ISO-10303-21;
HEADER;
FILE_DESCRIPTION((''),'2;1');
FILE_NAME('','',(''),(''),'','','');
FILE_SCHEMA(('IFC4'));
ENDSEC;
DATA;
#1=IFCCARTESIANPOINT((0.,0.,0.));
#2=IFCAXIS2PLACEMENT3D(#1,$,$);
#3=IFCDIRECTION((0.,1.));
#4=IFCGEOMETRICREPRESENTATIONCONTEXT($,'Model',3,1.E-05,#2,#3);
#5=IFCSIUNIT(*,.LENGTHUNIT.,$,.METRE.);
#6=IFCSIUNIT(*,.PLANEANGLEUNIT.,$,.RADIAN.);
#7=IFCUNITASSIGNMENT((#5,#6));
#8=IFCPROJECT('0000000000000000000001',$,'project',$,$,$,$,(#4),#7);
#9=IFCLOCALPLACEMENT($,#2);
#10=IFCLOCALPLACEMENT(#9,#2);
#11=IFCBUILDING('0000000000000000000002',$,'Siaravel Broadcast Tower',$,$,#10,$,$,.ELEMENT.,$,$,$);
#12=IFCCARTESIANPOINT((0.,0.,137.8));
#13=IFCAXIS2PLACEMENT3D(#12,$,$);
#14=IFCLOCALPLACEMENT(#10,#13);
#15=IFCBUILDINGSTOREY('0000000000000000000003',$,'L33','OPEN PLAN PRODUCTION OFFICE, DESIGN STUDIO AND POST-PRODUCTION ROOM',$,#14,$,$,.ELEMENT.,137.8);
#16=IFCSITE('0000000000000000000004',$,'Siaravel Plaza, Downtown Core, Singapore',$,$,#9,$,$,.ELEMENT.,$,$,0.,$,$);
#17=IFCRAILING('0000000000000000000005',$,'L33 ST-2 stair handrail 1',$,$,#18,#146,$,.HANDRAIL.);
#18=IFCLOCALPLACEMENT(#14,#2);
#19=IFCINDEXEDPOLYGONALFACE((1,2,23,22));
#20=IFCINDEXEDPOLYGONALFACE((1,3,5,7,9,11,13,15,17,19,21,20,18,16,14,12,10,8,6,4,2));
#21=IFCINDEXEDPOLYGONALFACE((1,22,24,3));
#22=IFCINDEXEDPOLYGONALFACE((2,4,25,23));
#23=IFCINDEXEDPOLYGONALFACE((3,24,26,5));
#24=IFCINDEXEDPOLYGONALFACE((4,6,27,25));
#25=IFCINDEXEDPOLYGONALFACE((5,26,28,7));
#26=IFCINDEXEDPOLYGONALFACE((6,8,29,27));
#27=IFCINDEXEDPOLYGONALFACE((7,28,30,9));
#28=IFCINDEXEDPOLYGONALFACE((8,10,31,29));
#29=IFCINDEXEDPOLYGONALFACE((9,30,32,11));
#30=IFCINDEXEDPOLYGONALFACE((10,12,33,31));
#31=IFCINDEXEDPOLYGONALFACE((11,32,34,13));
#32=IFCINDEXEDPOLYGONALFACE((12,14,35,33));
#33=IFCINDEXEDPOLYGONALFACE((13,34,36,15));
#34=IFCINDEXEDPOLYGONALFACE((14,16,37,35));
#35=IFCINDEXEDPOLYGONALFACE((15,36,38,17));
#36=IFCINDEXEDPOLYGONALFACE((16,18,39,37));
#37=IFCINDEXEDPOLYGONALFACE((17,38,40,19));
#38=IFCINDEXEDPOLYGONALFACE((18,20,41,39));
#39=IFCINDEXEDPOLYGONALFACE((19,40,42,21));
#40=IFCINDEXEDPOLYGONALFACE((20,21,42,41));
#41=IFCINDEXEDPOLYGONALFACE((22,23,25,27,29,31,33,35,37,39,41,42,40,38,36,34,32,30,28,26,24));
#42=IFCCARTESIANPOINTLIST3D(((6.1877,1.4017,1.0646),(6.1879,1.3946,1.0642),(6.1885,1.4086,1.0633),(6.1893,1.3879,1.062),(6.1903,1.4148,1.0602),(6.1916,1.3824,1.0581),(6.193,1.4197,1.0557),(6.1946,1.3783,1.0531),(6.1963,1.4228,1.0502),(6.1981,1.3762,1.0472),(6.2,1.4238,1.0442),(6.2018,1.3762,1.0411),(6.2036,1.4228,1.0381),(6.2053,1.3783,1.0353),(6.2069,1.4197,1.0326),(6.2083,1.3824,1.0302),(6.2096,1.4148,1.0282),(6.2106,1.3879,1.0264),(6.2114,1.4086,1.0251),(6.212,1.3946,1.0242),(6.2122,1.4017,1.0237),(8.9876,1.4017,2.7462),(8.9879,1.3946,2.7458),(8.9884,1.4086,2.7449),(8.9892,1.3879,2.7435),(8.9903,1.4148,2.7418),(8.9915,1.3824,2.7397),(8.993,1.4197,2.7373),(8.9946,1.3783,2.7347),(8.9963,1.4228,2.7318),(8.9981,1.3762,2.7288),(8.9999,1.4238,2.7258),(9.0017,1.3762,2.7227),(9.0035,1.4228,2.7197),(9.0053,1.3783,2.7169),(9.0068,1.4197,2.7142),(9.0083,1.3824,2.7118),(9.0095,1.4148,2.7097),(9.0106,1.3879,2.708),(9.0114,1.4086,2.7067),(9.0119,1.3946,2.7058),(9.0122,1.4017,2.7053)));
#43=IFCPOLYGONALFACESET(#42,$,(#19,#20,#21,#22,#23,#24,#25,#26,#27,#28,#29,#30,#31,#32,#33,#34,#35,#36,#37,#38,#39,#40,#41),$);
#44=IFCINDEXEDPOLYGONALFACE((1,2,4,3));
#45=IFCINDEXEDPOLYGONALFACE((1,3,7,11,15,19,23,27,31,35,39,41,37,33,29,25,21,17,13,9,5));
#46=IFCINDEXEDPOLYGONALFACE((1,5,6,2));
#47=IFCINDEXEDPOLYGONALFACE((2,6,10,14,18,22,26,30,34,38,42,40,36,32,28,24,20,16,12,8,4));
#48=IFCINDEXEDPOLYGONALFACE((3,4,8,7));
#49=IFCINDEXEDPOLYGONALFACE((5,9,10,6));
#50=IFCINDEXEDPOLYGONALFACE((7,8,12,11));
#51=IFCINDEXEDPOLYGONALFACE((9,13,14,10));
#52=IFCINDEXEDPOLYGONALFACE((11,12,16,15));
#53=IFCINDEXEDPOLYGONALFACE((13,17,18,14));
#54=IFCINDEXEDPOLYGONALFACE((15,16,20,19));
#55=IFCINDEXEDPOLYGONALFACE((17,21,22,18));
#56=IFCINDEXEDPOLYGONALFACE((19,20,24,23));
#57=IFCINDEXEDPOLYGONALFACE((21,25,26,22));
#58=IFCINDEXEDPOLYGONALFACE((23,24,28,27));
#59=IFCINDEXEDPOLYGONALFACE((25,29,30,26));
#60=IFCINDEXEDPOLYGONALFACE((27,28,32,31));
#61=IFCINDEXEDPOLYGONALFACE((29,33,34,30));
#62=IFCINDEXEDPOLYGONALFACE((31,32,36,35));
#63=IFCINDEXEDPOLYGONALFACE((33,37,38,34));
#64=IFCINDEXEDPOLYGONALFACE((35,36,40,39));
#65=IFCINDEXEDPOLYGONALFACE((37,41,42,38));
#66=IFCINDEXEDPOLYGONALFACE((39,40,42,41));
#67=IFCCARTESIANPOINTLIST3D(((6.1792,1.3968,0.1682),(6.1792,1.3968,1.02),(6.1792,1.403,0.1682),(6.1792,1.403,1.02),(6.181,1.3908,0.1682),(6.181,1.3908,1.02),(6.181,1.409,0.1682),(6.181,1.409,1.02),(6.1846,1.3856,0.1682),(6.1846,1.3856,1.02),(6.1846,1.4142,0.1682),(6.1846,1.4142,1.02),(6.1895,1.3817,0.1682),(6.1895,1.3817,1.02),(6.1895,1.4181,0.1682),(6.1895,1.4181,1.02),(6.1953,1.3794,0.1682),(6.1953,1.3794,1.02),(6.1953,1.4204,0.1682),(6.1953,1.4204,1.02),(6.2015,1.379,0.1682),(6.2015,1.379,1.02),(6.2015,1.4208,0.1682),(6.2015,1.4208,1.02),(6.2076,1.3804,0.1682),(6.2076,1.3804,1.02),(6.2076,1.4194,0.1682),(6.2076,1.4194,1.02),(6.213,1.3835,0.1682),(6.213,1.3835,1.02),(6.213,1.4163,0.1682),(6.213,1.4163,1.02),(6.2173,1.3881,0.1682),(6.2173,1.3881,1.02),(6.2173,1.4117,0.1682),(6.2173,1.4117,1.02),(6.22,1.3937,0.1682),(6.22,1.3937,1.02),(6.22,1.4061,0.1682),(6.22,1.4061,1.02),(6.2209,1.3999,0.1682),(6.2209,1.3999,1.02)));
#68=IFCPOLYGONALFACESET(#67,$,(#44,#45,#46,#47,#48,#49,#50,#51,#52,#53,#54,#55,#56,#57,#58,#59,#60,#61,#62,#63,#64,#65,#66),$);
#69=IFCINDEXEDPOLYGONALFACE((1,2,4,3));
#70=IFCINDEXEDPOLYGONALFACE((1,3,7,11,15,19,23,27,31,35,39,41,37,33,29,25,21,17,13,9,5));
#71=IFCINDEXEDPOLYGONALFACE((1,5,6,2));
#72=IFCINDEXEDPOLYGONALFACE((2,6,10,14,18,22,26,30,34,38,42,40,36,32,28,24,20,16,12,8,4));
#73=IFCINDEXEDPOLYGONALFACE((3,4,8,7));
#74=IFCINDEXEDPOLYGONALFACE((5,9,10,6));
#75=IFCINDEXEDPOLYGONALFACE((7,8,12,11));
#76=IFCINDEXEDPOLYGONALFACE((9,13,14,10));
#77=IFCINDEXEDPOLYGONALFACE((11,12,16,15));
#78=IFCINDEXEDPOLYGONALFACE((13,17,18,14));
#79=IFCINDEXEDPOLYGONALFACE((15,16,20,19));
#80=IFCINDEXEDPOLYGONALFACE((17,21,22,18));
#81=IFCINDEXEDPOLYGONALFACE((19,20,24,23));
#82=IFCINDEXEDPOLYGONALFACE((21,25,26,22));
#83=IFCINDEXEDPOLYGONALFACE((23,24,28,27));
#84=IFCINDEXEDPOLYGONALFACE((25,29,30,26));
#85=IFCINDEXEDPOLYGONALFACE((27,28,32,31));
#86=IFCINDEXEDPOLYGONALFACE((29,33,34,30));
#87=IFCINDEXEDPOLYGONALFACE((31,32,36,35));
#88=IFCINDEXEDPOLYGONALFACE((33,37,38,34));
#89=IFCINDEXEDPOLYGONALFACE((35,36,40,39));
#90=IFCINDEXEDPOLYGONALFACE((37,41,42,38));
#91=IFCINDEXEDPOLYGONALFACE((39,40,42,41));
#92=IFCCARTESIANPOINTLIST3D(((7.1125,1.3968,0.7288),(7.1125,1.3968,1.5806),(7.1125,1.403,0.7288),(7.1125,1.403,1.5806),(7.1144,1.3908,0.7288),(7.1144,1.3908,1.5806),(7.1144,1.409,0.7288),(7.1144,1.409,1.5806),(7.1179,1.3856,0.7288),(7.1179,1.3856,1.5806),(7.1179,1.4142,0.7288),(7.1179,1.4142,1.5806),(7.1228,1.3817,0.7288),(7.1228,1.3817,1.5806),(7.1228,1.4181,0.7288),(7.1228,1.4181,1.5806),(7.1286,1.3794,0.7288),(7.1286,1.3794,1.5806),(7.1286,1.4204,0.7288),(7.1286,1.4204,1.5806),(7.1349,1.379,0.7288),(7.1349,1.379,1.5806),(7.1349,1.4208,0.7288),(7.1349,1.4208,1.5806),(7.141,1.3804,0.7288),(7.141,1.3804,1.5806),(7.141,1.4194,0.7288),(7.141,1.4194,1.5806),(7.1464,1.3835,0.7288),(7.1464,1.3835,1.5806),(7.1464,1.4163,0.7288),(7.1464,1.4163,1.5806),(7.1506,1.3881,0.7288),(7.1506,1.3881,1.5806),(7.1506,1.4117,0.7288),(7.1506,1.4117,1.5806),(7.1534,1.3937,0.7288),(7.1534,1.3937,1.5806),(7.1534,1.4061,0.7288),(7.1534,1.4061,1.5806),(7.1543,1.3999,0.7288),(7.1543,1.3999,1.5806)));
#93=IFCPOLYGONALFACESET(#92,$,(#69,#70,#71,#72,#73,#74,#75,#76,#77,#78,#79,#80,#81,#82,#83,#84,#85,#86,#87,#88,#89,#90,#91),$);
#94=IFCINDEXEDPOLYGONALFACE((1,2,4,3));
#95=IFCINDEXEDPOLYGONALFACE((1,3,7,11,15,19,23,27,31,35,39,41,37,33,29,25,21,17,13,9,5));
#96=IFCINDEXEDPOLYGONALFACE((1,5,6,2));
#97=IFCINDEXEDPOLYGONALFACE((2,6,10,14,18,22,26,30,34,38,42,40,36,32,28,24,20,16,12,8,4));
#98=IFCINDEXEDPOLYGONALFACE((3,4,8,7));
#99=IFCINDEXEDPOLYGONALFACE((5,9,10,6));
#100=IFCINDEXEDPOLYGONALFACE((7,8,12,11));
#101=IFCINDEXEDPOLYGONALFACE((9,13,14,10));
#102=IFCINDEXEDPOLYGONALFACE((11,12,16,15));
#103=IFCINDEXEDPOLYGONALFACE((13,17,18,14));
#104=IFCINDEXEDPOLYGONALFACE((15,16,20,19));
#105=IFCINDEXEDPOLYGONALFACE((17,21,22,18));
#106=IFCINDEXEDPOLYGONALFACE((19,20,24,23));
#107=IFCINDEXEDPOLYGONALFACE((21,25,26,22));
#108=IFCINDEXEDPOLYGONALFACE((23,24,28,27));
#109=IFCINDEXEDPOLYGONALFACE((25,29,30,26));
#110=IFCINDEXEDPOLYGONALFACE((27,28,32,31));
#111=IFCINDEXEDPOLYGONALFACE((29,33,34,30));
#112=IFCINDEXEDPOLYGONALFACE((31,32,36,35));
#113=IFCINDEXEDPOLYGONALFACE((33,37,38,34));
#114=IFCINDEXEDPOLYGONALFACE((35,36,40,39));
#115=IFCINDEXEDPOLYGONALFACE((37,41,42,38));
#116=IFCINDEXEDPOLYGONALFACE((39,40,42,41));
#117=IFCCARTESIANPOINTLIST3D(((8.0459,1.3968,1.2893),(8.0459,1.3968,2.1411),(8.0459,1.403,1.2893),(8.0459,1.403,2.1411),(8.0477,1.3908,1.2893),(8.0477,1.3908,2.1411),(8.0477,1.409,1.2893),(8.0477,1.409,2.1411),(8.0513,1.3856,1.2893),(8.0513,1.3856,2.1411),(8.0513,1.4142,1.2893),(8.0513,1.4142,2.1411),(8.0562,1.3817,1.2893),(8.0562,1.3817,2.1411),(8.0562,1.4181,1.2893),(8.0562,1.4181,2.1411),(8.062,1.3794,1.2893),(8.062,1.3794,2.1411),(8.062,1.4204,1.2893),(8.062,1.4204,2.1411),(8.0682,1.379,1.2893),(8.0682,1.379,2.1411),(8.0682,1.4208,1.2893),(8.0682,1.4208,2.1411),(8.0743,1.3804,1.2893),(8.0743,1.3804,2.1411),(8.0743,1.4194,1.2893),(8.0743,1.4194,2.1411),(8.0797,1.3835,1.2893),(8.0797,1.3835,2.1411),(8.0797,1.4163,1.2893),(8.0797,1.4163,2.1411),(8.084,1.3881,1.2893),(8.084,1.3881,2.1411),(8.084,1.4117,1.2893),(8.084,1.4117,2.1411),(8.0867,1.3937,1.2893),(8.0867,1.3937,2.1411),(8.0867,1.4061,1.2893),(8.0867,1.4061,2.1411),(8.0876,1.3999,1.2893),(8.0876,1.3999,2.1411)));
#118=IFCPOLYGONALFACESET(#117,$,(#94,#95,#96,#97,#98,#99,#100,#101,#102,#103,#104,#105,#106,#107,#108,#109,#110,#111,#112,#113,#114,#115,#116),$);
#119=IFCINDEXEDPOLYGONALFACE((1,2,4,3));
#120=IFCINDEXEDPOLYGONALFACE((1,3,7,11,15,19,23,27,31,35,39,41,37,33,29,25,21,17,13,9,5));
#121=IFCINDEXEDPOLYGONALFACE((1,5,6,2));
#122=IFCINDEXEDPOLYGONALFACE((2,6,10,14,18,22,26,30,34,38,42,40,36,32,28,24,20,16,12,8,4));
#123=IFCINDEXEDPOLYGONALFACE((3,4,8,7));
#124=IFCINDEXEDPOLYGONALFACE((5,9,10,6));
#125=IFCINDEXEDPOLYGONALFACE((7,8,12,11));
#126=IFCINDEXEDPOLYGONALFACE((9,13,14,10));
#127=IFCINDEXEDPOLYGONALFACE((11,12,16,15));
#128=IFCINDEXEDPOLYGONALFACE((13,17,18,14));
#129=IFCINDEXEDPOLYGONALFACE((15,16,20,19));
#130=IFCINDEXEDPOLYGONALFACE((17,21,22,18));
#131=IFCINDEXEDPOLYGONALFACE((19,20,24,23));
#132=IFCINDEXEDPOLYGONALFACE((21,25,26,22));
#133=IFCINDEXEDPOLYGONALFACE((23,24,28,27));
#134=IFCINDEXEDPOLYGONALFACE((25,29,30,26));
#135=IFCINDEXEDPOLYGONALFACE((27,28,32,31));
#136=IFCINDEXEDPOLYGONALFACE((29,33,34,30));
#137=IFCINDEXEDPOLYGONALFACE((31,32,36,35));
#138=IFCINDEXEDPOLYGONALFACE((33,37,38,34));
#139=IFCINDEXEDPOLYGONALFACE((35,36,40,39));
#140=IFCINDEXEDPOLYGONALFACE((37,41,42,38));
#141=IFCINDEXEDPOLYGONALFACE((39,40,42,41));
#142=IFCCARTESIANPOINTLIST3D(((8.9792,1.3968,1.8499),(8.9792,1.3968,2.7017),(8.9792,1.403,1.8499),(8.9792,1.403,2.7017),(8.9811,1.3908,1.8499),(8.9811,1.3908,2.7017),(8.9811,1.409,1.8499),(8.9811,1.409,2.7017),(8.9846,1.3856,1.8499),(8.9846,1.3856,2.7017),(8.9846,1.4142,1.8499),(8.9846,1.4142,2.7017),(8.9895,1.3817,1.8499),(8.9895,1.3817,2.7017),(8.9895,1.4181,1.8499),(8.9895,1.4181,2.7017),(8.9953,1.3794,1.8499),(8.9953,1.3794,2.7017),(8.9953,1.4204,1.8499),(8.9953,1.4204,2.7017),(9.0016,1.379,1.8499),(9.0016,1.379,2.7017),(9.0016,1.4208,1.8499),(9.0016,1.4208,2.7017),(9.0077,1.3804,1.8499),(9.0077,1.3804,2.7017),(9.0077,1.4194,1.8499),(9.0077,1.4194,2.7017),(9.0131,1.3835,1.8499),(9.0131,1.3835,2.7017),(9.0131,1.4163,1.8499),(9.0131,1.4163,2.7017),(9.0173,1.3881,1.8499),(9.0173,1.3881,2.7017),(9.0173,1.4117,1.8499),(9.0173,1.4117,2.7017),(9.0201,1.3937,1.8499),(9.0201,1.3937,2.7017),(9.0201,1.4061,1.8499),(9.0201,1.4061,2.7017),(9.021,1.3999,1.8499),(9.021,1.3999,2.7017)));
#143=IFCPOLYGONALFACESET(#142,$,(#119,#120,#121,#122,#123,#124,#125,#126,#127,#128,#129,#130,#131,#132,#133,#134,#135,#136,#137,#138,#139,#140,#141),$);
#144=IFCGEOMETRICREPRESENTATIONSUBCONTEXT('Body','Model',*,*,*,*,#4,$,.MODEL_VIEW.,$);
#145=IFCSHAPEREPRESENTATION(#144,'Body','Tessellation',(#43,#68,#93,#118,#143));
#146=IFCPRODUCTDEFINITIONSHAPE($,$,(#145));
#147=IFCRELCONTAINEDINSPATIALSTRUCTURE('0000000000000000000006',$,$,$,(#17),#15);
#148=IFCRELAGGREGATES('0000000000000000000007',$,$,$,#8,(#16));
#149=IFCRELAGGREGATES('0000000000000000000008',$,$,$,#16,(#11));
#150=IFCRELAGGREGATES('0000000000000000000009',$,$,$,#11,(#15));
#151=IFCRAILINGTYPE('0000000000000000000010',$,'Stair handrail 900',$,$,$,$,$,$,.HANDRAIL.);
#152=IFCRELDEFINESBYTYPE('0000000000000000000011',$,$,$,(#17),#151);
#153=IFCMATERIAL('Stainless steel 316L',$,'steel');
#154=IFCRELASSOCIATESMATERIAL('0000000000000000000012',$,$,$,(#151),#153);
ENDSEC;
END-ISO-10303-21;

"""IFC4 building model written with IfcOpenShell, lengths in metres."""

from ifc_helpers import new_model, si_unit, direction, frame, origin, origin_2d, place, context, subcontext, project, spatial, circle, extrude, material, type_object, element, save


model = new_model("IFC4")

# Units and contexts
model_context = context("Model", 3, precision=1e-05, world=origin(), true_north=direction((0.0, 1.0)))
body_context = subcontext(model_context, "Body", "Model", "MODEL_VIEW")
ifc_project = project(units=[si_unit("LENGTHUNIT", "METRE"), si_unit("PLANEANGLEUNIT", "RADIAN")], contexts=[model_context])

# Site, building, storey
site_placement = place(None, origin())
site = spatial("IfcSite", under=ifc_project, at=site_placement, Name="Siaravel Plaza, Downtown Core, Singapore", CompositionType="ELEMENT", RefElevation=0.0)
building_placement = place(site_placement, origin())
building = spatial("IfcBuilding", under=site, at=building_placement, Name="Siaravel Broadcast Tower", CompositionType="ELEMENT")
storey_placement = place(building_placement, frame((0.0, 0.0, 137.8)))
storey = spatial("IfcBuildingStorey", under=building, at=storey_placement, Name="L33", Description="OPEN PLAN PRODUCTION OFFICE, DESIGN STUDIO AND POST-PRODUCTION ROOM", CompositionType="ELEMENT", Elevation=137.8)

# Railing
ifc_material_1 = material(Name="Stainless steel 316L", Category="steel")
railing_type_1 = type_object("IfcRailingType", Name="Stair handrail 900", PredefinedType="HANDRAIL", material=ifc_material_1)
railing_1_placement = place(storey_placement, frame((6.2, 1.3999, 0.1682)))
element("IfcRailing", 1, at=railing_1_placement, inside=storey, type_object=railing_type_1, Name="L33 ST-2 stair handrail 1", PredefinedType="HANDRAIL", context=body_context, shape_type="SweptSolid", body=[
    extrude(circle(Radius=0.0239, at=origin_2d()), frame((0.0, 0.0, 0.876), z_axis=(0.857275, 0.0, 0.514858), x_axis=(0.0, 1.0, 0.0)), (0.0, 0.0, 1.0), 3.2661),
    extrude(circle(Radius=0.021, at=origin_2d()), origin(), (0.0, 0.0, 1.0), 0.8518),
    extrude(circle(Radius=0.021, at=origin_2d()), frame((0.9333, 0.0, 0.5605)), (0.0, 0.0, 1.0), 0.8518),
    extrude(circle(Radius=0.021, at=origin_2d()), frame((1.8667, 0.0, 1.1211)), (0.0, 0.0, 1.0), 0.8518),
    extrude(circle(Radius=0.021, at=origin_2d()), frame((2.8, 0.0, 1.6816)), (0.0, 0.0, 1.0), 0.8518),
])

save(model, "model.ifc")
